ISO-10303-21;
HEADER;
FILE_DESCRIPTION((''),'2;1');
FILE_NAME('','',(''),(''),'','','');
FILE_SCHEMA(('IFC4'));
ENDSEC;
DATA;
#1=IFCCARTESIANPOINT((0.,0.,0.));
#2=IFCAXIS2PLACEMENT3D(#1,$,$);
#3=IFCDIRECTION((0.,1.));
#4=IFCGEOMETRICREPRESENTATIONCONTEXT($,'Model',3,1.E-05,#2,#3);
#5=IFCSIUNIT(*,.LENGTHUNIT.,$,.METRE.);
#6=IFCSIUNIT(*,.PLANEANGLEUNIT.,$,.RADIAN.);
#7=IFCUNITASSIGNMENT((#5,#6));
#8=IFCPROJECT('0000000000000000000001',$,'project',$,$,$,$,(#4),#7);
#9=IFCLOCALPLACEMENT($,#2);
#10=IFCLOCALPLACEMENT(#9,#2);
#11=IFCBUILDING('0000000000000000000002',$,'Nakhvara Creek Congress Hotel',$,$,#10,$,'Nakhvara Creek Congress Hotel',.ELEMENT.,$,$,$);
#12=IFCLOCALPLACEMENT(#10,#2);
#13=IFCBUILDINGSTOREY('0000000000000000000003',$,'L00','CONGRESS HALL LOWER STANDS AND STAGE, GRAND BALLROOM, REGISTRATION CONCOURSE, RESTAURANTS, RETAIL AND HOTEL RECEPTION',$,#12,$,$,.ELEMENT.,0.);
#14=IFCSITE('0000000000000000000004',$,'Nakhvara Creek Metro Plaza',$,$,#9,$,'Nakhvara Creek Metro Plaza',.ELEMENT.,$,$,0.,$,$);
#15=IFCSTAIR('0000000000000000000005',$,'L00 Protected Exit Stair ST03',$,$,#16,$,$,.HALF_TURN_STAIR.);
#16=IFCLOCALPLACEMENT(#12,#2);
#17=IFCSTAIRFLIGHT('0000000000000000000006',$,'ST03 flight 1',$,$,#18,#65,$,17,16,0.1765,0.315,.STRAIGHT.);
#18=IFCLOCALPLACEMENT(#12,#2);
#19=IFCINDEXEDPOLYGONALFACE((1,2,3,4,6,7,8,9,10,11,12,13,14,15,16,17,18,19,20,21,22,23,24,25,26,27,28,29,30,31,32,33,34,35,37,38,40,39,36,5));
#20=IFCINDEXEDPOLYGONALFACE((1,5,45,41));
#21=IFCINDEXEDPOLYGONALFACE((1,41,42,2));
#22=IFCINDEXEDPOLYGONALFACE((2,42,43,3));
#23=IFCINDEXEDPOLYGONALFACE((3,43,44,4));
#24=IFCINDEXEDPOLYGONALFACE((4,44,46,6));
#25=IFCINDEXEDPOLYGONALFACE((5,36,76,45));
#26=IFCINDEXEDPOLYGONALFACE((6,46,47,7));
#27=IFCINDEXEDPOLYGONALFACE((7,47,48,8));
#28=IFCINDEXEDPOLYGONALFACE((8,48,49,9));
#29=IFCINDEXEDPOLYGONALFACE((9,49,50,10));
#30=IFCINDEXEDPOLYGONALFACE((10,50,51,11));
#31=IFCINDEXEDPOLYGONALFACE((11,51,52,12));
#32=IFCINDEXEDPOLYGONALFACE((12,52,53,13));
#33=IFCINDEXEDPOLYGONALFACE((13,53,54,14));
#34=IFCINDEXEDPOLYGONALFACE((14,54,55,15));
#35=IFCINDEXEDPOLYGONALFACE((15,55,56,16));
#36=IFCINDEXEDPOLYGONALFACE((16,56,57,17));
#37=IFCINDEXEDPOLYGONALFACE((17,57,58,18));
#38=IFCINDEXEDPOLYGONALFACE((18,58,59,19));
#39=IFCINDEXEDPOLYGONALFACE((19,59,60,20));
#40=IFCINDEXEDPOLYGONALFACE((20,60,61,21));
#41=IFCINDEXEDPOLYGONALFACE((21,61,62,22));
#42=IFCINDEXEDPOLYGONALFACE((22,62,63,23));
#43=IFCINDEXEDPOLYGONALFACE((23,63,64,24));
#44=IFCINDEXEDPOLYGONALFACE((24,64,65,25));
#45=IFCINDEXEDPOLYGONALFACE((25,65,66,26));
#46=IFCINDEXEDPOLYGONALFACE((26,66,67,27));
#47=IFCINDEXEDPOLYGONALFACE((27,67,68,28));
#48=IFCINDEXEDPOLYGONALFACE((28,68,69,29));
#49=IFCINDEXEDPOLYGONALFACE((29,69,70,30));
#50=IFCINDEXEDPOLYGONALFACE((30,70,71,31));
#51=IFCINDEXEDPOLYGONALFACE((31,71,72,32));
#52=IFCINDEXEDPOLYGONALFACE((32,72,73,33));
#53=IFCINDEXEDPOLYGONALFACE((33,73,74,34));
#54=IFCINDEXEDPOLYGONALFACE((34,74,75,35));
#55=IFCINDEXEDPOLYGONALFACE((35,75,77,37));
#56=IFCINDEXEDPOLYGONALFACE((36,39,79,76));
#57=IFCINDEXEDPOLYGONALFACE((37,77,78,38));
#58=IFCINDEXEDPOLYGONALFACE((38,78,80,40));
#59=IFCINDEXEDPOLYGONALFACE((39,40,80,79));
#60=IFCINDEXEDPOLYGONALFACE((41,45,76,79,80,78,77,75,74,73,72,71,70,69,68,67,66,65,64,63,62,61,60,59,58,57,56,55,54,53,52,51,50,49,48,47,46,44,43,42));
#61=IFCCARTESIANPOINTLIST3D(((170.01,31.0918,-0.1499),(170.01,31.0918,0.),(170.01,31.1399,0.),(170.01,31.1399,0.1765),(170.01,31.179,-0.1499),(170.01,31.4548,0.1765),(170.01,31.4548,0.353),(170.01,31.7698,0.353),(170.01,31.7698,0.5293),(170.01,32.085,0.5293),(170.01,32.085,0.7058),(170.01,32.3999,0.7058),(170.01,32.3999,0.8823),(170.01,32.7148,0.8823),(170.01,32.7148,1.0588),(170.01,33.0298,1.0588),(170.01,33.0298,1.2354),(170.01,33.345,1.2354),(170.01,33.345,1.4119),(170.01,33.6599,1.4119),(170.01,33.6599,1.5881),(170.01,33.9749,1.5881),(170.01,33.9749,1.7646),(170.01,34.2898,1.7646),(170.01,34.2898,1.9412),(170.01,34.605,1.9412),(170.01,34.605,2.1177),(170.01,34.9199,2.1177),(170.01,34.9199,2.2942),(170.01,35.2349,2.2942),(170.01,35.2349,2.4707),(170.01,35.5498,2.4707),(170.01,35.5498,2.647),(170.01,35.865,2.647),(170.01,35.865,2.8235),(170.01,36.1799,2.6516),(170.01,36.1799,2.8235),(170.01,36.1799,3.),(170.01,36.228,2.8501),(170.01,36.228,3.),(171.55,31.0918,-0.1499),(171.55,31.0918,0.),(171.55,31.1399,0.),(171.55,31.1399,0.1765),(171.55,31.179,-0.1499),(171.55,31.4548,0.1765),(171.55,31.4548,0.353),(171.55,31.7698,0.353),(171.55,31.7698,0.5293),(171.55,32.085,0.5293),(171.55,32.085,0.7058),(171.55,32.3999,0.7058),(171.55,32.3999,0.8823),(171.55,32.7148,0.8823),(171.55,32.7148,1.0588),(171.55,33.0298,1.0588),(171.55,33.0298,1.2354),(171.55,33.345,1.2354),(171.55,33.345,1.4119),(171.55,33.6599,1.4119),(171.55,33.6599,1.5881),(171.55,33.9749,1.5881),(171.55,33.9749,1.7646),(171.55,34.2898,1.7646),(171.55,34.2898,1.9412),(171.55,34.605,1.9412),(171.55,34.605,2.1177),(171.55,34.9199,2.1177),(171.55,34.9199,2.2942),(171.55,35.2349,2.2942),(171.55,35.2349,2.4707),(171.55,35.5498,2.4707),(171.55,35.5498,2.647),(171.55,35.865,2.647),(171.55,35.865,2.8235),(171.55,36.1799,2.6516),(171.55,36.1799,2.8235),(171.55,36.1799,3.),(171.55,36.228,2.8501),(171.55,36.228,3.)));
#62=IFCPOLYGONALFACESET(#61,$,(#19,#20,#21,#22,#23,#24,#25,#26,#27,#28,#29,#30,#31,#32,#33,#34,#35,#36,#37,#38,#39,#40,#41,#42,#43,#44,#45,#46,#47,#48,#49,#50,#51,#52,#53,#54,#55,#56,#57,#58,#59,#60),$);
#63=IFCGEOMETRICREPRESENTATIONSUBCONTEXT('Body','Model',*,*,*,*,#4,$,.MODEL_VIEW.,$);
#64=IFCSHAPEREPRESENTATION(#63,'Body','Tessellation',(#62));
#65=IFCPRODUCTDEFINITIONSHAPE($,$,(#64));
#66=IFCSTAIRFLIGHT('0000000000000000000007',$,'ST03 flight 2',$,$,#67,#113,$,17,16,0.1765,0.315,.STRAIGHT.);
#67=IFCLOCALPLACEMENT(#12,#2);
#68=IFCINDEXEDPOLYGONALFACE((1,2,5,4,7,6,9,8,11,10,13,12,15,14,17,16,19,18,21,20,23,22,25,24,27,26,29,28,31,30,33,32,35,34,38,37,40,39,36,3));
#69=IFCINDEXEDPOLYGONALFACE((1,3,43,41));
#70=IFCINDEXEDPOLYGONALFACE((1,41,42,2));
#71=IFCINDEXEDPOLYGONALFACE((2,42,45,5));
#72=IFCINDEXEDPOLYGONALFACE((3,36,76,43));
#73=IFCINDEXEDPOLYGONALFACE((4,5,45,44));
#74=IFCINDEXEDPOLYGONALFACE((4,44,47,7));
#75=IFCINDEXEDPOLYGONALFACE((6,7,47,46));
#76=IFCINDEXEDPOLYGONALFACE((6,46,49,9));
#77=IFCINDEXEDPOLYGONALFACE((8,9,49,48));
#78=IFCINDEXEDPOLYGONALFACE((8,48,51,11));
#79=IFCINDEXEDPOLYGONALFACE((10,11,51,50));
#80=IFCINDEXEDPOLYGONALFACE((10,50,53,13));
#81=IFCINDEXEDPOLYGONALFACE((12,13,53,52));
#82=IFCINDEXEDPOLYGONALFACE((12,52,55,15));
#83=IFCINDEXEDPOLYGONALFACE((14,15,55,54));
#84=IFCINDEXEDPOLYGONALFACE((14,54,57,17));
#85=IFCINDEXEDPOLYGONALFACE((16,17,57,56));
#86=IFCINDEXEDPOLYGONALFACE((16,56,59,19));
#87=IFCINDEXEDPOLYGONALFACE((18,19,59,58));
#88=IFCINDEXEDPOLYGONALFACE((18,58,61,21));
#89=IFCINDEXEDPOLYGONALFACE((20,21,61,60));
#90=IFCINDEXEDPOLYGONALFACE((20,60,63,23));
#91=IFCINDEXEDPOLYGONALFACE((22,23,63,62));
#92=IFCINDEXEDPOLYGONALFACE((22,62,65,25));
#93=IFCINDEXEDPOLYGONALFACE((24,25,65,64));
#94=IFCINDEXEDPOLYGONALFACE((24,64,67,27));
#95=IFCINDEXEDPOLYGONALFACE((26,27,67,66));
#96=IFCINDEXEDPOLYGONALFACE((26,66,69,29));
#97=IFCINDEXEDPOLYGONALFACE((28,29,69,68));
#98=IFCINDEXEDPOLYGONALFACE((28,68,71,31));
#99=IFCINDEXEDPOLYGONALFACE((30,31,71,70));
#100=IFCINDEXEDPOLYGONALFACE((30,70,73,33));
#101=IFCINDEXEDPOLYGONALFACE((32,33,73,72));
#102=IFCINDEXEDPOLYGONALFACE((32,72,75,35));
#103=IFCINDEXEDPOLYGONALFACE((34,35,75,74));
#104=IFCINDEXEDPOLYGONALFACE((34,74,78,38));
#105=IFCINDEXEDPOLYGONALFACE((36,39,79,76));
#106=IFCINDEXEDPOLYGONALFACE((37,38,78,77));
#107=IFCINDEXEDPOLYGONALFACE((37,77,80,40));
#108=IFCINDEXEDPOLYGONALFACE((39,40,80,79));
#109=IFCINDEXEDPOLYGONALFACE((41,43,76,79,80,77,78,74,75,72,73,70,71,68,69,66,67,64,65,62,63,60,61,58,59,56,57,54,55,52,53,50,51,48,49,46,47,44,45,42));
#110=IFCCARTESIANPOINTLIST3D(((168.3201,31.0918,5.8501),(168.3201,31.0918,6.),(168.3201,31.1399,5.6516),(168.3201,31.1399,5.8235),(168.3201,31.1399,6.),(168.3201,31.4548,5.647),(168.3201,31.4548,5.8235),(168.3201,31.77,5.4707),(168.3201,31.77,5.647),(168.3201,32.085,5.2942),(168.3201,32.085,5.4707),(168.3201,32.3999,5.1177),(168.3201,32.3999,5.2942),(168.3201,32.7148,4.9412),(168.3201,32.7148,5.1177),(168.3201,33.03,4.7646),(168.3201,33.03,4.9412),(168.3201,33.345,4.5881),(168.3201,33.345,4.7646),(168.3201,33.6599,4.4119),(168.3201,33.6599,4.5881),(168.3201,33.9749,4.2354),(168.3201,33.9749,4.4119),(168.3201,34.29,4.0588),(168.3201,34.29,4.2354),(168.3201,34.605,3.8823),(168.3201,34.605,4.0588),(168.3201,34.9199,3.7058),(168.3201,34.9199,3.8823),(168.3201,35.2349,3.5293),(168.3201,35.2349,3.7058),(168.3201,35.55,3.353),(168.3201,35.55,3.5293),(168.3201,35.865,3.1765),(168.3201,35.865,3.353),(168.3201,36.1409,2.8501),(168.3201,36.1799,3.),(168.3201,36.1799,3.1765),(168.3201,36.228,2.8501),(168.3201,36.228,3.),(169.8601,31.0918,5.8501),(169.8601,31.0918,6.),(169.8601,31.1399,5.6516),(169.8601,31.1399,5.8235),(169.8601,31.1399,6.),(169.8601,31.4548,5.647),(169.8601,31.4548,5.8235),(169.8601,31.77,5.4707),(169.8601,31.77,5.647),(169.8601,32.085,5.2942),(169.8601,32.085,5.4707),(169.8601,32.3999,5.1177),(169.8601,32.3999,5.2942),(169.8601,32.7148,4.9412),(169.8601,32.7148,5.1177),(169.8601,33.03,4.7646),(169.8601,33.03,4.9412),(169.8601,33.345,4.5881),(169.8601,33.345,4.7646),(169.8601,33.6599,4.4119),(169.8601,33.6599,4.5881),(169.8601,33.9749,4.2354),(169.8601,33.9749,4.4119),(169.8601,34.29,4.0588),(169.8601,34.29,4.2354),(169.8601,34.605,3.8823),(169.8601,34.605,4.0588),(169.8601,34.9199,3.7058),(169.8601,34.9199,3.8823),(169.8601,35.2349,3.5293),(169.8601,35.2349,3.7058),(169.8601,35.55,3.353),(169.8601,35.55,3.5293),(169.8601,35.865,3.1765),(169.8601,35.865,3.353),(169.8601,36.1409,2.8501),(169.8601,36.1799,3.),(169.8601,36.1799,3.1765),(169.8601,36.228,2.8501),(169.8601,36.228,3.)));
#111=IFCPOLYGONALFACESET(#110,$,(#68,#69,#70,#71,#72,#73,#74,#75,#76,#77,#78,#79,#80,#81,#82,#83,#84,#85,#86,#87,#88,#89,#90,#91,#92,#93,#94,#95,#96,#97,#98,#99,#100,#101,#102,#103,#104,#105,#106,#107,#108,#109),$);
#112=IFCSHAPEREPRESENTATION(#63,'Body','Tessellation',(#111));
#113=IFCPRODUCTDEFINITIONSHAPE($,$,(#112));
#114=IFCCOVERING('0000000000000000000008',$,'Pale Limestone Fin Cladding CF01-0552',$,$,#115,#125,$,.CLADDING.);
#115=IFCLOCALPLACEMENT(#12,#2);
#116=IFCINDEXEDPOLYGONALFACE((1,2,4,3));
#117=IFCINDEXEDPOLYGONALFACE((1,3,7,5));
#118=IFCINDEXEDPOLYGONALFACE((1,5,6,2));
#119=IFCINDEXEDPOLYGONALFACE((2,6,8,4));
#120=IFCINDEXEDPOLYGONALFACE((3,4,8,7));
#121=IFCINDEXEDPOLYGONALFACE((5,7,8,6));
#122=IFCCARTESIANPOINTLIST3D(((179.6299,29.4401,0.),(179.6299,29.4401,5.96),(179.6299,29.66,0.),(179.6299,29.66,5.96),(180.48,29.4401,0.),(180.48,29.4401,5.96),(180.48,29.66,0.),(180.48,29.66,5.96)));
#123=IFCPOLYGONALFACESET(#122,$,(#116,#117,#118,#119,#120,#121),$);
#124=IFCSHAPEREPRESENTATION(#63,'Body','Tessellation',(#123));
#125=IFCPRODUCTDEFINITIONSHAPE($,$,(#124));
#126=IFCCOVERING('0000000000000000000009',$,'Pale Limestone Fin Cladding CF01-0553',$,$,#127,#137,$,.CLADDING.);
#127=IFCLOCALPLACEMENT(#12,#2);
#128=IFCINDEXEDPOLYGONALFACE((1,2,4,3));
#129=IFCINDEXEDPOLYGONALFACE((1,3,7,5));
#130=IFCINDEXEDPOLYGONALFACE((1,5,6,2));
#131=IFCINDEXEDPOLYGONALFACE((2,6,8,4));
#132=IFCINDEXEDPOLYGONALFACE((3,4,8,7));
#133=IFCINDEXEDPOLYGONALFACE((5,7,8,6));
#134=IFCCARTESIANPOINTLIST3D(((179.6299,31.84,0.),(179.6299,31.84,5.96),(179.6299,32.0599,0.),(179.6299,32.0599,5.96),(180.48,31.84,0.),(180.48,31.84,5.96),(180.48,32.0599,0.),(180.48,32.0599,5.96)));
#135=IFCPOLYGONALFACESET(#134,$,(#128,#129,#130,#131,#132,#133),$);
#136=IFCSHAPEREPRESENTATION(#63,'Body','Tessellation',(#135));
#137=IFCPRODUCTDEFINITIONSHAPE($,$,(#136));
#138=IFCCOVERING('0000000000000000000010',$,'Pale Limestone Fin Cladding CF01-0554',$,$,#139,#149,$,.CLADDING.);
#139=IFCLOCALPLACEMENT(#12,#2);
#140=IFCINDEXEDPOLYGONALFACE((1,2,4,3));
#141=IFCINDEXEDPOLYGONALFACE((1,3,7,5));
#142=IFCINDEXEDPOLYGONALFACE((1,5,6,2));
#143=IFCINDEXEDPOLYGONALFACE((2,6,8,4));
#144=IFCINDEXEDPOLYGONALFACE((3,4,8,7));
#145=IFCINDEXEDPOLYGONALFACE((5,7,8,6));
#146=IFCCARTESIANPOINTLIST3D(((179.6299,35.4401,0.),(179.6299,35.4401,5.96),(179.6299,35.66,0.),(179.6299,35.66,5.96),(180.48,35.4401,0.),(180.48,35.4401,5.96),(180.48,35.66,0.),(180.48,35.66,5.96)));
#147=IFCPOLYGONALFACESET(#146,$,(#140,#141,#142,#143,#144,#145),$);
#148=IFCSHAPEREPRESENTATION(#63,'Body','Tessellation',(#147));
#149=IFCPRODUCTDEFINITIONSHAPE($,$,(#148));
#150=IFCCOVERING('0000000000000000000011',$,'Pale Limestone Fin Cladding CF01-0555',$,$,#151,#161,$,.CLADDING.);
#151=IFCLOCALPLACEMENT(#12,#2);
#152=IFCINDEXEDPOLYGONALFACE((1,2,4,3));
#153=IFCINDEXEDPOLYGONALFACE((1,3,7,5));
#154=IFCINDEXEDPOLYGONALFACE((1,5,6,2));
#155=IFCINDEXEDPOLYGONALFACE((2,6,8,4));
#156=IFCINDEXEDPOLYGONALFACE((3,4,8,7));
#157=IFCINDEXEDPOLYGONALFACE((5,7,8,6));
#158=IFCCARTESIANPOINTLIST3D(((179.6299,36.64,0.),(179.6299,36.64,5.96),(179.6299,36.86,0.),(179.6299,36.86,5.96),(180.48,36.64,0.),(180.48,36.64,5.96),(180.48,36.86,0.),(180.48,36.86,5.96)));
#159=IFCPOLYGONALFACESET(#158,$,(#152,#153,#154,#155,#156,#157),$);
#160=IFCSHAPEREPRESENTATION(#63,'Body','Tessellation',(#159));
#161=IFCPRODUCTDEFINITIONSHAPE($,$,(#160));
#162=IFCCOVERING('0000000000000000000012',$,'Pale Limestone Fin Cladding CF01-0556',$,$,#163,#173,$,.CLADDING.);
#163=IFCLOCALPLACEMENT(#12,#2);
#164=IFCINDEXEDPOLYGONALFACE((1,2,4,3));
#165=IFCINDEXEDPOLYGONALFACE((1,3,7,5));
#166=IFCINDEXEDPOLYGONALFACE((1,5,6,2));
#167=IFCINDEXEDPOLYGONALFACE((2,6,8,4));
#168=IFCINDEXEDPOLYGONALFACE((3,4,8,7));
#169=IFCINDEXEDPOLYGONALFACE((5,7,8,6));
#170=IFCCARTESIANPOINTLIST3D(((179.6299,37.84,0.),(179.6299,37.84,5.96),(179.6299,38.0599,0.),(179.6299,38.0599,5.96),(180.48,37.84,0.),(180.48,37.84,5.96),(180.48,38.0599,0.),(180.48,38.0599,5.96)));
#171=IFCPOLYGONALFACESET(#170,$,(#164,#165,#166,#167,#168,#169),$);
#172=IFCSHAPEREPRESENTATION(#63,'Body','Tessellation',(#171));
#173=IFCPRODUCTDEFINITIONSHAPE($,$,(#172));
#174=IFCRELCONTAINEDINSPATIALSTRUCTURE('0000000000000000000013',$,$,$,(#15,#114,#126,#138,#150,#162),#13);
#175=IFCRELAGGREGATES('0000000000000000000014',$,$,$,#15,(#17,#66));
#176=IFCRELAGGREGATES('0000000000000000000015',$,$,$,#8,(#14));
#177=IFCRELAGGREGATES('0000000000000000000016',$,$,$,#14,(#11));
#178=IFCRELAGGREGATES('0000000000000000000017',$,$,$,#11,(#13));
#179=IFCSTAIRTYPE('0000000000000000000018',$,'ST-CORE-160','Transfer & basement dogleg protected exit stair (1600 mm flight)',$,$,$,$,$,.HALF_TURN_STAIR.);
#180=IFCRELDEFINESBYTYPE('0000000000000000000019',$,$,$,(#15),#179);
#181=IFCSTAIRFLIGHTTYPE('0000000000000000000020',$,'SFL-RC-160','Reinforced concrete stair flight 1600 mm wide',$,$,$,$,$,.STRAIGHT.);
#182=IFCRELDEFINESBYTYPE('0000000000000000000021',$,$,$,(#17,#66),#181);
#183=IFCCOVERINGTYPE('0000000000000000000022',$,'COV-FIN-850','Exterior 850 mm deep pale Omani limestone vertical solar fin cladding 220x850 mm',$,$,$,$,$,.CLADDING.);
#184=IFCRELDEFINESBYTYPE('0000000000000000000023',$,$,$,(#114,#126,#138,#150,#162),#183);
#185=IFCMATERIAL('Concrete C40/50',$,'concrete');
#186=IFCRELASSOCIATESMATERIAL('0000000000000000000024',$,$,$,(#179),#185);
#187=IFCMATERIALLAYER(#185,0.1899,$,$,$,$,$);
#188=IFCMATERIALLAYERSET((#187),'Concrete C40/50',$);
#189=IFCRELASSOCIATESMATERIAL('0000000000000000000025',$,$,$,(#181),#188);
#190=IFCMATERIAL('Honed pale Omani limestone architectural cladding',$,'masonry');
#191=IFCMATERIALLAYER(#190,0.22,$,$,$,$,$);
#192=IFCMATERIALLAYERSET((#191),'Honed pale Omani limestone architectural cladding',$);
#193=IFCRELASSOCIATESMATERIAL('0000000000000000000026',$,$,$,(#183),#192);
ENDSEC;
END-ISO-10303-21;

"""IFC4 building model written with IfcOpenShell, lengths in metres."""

from ifc_helpers import new_model, si_unit, direction, frame, origin, origin_2d, place, context, subcontext, project, spatial, polyline, rectangle, outline, extrude, material, layer, layer_set, type_object, element, aggregate, save


model = new_model("IFC4")

# Units and contexts
model_context = context("Model", 3, precision=1e-05, world=origin(), true_north=direction((0.0, 1.0)))
body_context = subcontext(model_context, "Body", "Model", "MODEL_VIEW")
ifc_project = project(units=[si_unit("LENGTHUNIT", "METRE"), si_unit("PLANEANGLEUNIT", "RADIAN")], contexts=[model_context])

# Site, building, storey
site_placement = place(None, origin())
site = spatial("IfcSite", under=ifc_project, at=site_placement, Name="Nakhvara Creek Metro Plaza", LongName="Nakhvara Creek Metro Plaza", CompositionType="ELEMENT", RefElevation=0.0)
building_placement = place(site_placement, origin())
building = spatial("IfcBuilding", under=site, at=building_placement, Name="Nakhvara Creek Congress Hotel", LongName="Nakhvara Creek Congress Hotel", CompositionType="ELEMENT")
storey_placement = place(building_placement, origin())
storey = spatial("IfcBuildingStorey", under=building, at=storey_placement, Name="L00", Description="CONGRESS HALL LOWER STANDS AND STAGE, GRAND BALLROOM, REGISTRATION CONCOURSE, RESTAURANTS, RETAIL AND HOTEL RECEPTION", CompositionType="ELEMENT", Elevation=0.0)

# Shared definitions
ifc_material_1 = material(Name="Concrete C40/50", Category="concrete")

# Stair, stair flights
stair_type = type_object("IfcStairType", Name="ST-CORE-160", Description="Transfer & basement dogleg protected exit stair (1600 mm flight)", PredefinedType="HALF_TURN_STAIR", material=ifc_material_1)
stair_placement = place(storey_placement, origin())
stair = element("IfcStair", 1, at=stair_placement, inside=storey, type_object=stair_type, Name="L00 Protected Exit Stair ST03", PredefinedType="HALF_TURN_STAIR")
ifc_layer_1 = layer(ifc_material_1, 0.1899)
ifc_layer_set_1 = layer_set([ifc_layer_1], Name="Concrete C40/50")
stair_flight_type = type_object("IfcStairFlightType", Name="SFL-RC-160", Description="Reinforced concrete stair flight 1600 mm wide", PredefinedType="STRAIGHT", material=ifc_layer_set_1)
stair_flight_1_placement = place(storey_placement, frame((170.78, 31.1399, 0.0), z_axis=(0.0, 0.0, 1.0), x_axis=(0.0, 1.0, 0.0)))
stair_flight_1 = element("IfcStairFlight", 2, at=stair_flight_1_placement, type_object=stair_flight_type, Name="ST03 flight 1", NumberOfRisers=17, NumberOfTreads=16, PredefinedType="STRAIGHT", RiserHeight=0.1765, TreadLength=0.315, context=body_context, shape_type="SweptSolid", body=[
    extrude(outline(polyline([(-0.0481, 0.0), (0.0, 0.0), (0.0, 0.1765), (0.3149, 0.1765), (0.3149, 0.353), (0.6299, 0.353), (0.6299, 0.5293), (0.9451, 0.5293), (0.9451, 0.7058), (1.26, 0.7058), (1.26, 0.8823), (1.575, 0.8823), (1.575, 1.0588), (1.8899, 1.0588), (1.8899, 1.2354), (2.2051, 1.2354), (2.2051, 1.4119), (2.52, 1.4119), (2.52, 1.5881), (2.835, 1.5881), (2.835, 1.7646), (3.1499, 1.7646), (3.1499, 1.9412), (3.4651, 1.9412), (3.4651, 2.1177), (3.78, 2.1177), (3.78, 2.2942), (4.095, 2.2942), (4.095, 2.4707), (4.4099, 2.4707), (4.4099, 2.647), (4.7251, 2.647), (4.7251, 2.8235), (5.04, 2.8235), (5.04, 3.0), (5.0881, 3.0), (5.0881, 2.8501), (5.04, 2.6516), (0.0391, -0.1499), (-0.0481, -0.1499), (-0.0481, 0.0)])), frame((0.0, 0.77, 0.0), z_axis=(0.0, -1.0, 0.0), x_axis=(1.0, 0.0, 0.0)), (0.0, 0.0, 1.0), 1.54),
])
stair_flight_2_placement = place(storey_placement, frame((169.0901, 36.1799, 3.0), z_axis=(0.0, 0.0, 1.0), x_axis=(0.0, -1.0, 0.0)))
stair_flight_2 = element("IfcStairFlight", 3, at=stair_flight_2_placement, type_object=stair_flight_type, Name="ST03 flight 2", NumberOfRisers=17, NumberOfTreads=16, PredefinedType="STRAIGHT", RiserHeight=0.1765, TreadLength=0.315, context=body_context, shape_type="SweptSolid", body=[
    extrude(outline(polyline([(-0.0481, 0.0), (0.0, 0.0), (0.0, 0.1765), (0.3149, 0.1765), (0.3149, 0.353), (0.6299, 0.353), (0.6299, 0.5293), (0.9451, 0.5293), (0.9451, 0.7058), (1.26, 0.7058), (1.26, 0.8823), (1.575, 0.8823), (1.575, 1.0588), (1.8899, 1.0588), (1.8899, 1.2354), (2.2051, 1.2354), (2.2051, 1.4119), (2.52, 1.4119), (2.52, 1.5881), (2.835, 1.5881), (2.835, 1.7646), (3.1499, 1.7646), (3.1499, 1.9412), (3.4651, 1.9412), (3.4651, 2.1177), (3.78, 2.1177), (3.78, 2.2942), (4.095, 2.2942), (4.095, 2.4707), (4.4099, 2.4707), (4.4099, 2.647), (4.7251, 2.647), (4.7251, 2.8235), (5.04, 2.8235), (5.04, 3.0), (5.0881, 3.0), (5.0881, 2.8501), (5.04, 2.6516), (0.0391, -0.1499), (-0.0481, -0.1499), (-0.0481, 0.0)])), frame((0.0, 0.77, 0.0), z_axis=(0.0, -1.0, 0.0), x_axis=(1.0, 0.0, 0.0)), (0.0, 0.0, 1.0), 1.54),
])
aggregate(stair, [stair_flight_1, stair_flight_2])

# Coverings
ifc_material_2 = material(Name="Honed pale Omani limestone architectural cladding", Category="masonry")
ifc_layer_2 = layer(ifc_material_2, 0.22)
ifc_layer_set_2 = layer_set([ifc_layer_2], Name="Honed pale Omani limestone architectural cladding")
covering_type = type_object("IfcCoveringType", Name="COV-FIN-850", Description="Exterior 850 mm deep pale Omani limestone vertical solar fin cladding 220x850 mm", PredefinedType="CLADDING", material=ifc_layer_set_2)
for number, where, z_axis, x_axis, name in (
    (4, (180.0549, 29.55, 0.0), (0.0, 0.0, 1.0), (0.0, 1.0, 0.0), "Pale Limestone Fin Cladding CF01-0552"),
    (5, (180.0549, 31.95, 0.0), (0.0, 0.0, 1.0), (0.0, 1.0, 0.0), "Pale Limestone Fin Cladding CF01-0553"),
    (6, (180.0549, 35.55, 0.0), (0.0, 0.0, 1.0), (0.0, 1.0, 0.0), "Pale Limestone Fin Cladding CF01-0554"),
    (7, (180.0549, 36.75, 0.0), (0.0, 0.0, 1.0), (0.0, 1.0, 0.0), "Pale Limestone Fin Cladding CF01-0555"),
    (8, (180.0549, 37.95, 0.0), (0.0, 0.0, 1.0), (0.0, 1.0, 0.0), "Pale Limestone Fin Cladding CF01-0556"),
):
    element("IfcCovering", number, at=place(storey_placement, frame(where, z_axis=z_axis, x_axis=x_axis)), inside=storey, type_object=covering_type, Name=name, PredefinedType="CLADDING", context=body_context, shape_type="SweptSolid", body=[
        extrude(rectangle(XDim=0.22, YDim=0.8501, at=origin_2d()), origin(), (0.0, 0.0, 1.0), 5.96),
    ])

save(model, "model.ifc")
